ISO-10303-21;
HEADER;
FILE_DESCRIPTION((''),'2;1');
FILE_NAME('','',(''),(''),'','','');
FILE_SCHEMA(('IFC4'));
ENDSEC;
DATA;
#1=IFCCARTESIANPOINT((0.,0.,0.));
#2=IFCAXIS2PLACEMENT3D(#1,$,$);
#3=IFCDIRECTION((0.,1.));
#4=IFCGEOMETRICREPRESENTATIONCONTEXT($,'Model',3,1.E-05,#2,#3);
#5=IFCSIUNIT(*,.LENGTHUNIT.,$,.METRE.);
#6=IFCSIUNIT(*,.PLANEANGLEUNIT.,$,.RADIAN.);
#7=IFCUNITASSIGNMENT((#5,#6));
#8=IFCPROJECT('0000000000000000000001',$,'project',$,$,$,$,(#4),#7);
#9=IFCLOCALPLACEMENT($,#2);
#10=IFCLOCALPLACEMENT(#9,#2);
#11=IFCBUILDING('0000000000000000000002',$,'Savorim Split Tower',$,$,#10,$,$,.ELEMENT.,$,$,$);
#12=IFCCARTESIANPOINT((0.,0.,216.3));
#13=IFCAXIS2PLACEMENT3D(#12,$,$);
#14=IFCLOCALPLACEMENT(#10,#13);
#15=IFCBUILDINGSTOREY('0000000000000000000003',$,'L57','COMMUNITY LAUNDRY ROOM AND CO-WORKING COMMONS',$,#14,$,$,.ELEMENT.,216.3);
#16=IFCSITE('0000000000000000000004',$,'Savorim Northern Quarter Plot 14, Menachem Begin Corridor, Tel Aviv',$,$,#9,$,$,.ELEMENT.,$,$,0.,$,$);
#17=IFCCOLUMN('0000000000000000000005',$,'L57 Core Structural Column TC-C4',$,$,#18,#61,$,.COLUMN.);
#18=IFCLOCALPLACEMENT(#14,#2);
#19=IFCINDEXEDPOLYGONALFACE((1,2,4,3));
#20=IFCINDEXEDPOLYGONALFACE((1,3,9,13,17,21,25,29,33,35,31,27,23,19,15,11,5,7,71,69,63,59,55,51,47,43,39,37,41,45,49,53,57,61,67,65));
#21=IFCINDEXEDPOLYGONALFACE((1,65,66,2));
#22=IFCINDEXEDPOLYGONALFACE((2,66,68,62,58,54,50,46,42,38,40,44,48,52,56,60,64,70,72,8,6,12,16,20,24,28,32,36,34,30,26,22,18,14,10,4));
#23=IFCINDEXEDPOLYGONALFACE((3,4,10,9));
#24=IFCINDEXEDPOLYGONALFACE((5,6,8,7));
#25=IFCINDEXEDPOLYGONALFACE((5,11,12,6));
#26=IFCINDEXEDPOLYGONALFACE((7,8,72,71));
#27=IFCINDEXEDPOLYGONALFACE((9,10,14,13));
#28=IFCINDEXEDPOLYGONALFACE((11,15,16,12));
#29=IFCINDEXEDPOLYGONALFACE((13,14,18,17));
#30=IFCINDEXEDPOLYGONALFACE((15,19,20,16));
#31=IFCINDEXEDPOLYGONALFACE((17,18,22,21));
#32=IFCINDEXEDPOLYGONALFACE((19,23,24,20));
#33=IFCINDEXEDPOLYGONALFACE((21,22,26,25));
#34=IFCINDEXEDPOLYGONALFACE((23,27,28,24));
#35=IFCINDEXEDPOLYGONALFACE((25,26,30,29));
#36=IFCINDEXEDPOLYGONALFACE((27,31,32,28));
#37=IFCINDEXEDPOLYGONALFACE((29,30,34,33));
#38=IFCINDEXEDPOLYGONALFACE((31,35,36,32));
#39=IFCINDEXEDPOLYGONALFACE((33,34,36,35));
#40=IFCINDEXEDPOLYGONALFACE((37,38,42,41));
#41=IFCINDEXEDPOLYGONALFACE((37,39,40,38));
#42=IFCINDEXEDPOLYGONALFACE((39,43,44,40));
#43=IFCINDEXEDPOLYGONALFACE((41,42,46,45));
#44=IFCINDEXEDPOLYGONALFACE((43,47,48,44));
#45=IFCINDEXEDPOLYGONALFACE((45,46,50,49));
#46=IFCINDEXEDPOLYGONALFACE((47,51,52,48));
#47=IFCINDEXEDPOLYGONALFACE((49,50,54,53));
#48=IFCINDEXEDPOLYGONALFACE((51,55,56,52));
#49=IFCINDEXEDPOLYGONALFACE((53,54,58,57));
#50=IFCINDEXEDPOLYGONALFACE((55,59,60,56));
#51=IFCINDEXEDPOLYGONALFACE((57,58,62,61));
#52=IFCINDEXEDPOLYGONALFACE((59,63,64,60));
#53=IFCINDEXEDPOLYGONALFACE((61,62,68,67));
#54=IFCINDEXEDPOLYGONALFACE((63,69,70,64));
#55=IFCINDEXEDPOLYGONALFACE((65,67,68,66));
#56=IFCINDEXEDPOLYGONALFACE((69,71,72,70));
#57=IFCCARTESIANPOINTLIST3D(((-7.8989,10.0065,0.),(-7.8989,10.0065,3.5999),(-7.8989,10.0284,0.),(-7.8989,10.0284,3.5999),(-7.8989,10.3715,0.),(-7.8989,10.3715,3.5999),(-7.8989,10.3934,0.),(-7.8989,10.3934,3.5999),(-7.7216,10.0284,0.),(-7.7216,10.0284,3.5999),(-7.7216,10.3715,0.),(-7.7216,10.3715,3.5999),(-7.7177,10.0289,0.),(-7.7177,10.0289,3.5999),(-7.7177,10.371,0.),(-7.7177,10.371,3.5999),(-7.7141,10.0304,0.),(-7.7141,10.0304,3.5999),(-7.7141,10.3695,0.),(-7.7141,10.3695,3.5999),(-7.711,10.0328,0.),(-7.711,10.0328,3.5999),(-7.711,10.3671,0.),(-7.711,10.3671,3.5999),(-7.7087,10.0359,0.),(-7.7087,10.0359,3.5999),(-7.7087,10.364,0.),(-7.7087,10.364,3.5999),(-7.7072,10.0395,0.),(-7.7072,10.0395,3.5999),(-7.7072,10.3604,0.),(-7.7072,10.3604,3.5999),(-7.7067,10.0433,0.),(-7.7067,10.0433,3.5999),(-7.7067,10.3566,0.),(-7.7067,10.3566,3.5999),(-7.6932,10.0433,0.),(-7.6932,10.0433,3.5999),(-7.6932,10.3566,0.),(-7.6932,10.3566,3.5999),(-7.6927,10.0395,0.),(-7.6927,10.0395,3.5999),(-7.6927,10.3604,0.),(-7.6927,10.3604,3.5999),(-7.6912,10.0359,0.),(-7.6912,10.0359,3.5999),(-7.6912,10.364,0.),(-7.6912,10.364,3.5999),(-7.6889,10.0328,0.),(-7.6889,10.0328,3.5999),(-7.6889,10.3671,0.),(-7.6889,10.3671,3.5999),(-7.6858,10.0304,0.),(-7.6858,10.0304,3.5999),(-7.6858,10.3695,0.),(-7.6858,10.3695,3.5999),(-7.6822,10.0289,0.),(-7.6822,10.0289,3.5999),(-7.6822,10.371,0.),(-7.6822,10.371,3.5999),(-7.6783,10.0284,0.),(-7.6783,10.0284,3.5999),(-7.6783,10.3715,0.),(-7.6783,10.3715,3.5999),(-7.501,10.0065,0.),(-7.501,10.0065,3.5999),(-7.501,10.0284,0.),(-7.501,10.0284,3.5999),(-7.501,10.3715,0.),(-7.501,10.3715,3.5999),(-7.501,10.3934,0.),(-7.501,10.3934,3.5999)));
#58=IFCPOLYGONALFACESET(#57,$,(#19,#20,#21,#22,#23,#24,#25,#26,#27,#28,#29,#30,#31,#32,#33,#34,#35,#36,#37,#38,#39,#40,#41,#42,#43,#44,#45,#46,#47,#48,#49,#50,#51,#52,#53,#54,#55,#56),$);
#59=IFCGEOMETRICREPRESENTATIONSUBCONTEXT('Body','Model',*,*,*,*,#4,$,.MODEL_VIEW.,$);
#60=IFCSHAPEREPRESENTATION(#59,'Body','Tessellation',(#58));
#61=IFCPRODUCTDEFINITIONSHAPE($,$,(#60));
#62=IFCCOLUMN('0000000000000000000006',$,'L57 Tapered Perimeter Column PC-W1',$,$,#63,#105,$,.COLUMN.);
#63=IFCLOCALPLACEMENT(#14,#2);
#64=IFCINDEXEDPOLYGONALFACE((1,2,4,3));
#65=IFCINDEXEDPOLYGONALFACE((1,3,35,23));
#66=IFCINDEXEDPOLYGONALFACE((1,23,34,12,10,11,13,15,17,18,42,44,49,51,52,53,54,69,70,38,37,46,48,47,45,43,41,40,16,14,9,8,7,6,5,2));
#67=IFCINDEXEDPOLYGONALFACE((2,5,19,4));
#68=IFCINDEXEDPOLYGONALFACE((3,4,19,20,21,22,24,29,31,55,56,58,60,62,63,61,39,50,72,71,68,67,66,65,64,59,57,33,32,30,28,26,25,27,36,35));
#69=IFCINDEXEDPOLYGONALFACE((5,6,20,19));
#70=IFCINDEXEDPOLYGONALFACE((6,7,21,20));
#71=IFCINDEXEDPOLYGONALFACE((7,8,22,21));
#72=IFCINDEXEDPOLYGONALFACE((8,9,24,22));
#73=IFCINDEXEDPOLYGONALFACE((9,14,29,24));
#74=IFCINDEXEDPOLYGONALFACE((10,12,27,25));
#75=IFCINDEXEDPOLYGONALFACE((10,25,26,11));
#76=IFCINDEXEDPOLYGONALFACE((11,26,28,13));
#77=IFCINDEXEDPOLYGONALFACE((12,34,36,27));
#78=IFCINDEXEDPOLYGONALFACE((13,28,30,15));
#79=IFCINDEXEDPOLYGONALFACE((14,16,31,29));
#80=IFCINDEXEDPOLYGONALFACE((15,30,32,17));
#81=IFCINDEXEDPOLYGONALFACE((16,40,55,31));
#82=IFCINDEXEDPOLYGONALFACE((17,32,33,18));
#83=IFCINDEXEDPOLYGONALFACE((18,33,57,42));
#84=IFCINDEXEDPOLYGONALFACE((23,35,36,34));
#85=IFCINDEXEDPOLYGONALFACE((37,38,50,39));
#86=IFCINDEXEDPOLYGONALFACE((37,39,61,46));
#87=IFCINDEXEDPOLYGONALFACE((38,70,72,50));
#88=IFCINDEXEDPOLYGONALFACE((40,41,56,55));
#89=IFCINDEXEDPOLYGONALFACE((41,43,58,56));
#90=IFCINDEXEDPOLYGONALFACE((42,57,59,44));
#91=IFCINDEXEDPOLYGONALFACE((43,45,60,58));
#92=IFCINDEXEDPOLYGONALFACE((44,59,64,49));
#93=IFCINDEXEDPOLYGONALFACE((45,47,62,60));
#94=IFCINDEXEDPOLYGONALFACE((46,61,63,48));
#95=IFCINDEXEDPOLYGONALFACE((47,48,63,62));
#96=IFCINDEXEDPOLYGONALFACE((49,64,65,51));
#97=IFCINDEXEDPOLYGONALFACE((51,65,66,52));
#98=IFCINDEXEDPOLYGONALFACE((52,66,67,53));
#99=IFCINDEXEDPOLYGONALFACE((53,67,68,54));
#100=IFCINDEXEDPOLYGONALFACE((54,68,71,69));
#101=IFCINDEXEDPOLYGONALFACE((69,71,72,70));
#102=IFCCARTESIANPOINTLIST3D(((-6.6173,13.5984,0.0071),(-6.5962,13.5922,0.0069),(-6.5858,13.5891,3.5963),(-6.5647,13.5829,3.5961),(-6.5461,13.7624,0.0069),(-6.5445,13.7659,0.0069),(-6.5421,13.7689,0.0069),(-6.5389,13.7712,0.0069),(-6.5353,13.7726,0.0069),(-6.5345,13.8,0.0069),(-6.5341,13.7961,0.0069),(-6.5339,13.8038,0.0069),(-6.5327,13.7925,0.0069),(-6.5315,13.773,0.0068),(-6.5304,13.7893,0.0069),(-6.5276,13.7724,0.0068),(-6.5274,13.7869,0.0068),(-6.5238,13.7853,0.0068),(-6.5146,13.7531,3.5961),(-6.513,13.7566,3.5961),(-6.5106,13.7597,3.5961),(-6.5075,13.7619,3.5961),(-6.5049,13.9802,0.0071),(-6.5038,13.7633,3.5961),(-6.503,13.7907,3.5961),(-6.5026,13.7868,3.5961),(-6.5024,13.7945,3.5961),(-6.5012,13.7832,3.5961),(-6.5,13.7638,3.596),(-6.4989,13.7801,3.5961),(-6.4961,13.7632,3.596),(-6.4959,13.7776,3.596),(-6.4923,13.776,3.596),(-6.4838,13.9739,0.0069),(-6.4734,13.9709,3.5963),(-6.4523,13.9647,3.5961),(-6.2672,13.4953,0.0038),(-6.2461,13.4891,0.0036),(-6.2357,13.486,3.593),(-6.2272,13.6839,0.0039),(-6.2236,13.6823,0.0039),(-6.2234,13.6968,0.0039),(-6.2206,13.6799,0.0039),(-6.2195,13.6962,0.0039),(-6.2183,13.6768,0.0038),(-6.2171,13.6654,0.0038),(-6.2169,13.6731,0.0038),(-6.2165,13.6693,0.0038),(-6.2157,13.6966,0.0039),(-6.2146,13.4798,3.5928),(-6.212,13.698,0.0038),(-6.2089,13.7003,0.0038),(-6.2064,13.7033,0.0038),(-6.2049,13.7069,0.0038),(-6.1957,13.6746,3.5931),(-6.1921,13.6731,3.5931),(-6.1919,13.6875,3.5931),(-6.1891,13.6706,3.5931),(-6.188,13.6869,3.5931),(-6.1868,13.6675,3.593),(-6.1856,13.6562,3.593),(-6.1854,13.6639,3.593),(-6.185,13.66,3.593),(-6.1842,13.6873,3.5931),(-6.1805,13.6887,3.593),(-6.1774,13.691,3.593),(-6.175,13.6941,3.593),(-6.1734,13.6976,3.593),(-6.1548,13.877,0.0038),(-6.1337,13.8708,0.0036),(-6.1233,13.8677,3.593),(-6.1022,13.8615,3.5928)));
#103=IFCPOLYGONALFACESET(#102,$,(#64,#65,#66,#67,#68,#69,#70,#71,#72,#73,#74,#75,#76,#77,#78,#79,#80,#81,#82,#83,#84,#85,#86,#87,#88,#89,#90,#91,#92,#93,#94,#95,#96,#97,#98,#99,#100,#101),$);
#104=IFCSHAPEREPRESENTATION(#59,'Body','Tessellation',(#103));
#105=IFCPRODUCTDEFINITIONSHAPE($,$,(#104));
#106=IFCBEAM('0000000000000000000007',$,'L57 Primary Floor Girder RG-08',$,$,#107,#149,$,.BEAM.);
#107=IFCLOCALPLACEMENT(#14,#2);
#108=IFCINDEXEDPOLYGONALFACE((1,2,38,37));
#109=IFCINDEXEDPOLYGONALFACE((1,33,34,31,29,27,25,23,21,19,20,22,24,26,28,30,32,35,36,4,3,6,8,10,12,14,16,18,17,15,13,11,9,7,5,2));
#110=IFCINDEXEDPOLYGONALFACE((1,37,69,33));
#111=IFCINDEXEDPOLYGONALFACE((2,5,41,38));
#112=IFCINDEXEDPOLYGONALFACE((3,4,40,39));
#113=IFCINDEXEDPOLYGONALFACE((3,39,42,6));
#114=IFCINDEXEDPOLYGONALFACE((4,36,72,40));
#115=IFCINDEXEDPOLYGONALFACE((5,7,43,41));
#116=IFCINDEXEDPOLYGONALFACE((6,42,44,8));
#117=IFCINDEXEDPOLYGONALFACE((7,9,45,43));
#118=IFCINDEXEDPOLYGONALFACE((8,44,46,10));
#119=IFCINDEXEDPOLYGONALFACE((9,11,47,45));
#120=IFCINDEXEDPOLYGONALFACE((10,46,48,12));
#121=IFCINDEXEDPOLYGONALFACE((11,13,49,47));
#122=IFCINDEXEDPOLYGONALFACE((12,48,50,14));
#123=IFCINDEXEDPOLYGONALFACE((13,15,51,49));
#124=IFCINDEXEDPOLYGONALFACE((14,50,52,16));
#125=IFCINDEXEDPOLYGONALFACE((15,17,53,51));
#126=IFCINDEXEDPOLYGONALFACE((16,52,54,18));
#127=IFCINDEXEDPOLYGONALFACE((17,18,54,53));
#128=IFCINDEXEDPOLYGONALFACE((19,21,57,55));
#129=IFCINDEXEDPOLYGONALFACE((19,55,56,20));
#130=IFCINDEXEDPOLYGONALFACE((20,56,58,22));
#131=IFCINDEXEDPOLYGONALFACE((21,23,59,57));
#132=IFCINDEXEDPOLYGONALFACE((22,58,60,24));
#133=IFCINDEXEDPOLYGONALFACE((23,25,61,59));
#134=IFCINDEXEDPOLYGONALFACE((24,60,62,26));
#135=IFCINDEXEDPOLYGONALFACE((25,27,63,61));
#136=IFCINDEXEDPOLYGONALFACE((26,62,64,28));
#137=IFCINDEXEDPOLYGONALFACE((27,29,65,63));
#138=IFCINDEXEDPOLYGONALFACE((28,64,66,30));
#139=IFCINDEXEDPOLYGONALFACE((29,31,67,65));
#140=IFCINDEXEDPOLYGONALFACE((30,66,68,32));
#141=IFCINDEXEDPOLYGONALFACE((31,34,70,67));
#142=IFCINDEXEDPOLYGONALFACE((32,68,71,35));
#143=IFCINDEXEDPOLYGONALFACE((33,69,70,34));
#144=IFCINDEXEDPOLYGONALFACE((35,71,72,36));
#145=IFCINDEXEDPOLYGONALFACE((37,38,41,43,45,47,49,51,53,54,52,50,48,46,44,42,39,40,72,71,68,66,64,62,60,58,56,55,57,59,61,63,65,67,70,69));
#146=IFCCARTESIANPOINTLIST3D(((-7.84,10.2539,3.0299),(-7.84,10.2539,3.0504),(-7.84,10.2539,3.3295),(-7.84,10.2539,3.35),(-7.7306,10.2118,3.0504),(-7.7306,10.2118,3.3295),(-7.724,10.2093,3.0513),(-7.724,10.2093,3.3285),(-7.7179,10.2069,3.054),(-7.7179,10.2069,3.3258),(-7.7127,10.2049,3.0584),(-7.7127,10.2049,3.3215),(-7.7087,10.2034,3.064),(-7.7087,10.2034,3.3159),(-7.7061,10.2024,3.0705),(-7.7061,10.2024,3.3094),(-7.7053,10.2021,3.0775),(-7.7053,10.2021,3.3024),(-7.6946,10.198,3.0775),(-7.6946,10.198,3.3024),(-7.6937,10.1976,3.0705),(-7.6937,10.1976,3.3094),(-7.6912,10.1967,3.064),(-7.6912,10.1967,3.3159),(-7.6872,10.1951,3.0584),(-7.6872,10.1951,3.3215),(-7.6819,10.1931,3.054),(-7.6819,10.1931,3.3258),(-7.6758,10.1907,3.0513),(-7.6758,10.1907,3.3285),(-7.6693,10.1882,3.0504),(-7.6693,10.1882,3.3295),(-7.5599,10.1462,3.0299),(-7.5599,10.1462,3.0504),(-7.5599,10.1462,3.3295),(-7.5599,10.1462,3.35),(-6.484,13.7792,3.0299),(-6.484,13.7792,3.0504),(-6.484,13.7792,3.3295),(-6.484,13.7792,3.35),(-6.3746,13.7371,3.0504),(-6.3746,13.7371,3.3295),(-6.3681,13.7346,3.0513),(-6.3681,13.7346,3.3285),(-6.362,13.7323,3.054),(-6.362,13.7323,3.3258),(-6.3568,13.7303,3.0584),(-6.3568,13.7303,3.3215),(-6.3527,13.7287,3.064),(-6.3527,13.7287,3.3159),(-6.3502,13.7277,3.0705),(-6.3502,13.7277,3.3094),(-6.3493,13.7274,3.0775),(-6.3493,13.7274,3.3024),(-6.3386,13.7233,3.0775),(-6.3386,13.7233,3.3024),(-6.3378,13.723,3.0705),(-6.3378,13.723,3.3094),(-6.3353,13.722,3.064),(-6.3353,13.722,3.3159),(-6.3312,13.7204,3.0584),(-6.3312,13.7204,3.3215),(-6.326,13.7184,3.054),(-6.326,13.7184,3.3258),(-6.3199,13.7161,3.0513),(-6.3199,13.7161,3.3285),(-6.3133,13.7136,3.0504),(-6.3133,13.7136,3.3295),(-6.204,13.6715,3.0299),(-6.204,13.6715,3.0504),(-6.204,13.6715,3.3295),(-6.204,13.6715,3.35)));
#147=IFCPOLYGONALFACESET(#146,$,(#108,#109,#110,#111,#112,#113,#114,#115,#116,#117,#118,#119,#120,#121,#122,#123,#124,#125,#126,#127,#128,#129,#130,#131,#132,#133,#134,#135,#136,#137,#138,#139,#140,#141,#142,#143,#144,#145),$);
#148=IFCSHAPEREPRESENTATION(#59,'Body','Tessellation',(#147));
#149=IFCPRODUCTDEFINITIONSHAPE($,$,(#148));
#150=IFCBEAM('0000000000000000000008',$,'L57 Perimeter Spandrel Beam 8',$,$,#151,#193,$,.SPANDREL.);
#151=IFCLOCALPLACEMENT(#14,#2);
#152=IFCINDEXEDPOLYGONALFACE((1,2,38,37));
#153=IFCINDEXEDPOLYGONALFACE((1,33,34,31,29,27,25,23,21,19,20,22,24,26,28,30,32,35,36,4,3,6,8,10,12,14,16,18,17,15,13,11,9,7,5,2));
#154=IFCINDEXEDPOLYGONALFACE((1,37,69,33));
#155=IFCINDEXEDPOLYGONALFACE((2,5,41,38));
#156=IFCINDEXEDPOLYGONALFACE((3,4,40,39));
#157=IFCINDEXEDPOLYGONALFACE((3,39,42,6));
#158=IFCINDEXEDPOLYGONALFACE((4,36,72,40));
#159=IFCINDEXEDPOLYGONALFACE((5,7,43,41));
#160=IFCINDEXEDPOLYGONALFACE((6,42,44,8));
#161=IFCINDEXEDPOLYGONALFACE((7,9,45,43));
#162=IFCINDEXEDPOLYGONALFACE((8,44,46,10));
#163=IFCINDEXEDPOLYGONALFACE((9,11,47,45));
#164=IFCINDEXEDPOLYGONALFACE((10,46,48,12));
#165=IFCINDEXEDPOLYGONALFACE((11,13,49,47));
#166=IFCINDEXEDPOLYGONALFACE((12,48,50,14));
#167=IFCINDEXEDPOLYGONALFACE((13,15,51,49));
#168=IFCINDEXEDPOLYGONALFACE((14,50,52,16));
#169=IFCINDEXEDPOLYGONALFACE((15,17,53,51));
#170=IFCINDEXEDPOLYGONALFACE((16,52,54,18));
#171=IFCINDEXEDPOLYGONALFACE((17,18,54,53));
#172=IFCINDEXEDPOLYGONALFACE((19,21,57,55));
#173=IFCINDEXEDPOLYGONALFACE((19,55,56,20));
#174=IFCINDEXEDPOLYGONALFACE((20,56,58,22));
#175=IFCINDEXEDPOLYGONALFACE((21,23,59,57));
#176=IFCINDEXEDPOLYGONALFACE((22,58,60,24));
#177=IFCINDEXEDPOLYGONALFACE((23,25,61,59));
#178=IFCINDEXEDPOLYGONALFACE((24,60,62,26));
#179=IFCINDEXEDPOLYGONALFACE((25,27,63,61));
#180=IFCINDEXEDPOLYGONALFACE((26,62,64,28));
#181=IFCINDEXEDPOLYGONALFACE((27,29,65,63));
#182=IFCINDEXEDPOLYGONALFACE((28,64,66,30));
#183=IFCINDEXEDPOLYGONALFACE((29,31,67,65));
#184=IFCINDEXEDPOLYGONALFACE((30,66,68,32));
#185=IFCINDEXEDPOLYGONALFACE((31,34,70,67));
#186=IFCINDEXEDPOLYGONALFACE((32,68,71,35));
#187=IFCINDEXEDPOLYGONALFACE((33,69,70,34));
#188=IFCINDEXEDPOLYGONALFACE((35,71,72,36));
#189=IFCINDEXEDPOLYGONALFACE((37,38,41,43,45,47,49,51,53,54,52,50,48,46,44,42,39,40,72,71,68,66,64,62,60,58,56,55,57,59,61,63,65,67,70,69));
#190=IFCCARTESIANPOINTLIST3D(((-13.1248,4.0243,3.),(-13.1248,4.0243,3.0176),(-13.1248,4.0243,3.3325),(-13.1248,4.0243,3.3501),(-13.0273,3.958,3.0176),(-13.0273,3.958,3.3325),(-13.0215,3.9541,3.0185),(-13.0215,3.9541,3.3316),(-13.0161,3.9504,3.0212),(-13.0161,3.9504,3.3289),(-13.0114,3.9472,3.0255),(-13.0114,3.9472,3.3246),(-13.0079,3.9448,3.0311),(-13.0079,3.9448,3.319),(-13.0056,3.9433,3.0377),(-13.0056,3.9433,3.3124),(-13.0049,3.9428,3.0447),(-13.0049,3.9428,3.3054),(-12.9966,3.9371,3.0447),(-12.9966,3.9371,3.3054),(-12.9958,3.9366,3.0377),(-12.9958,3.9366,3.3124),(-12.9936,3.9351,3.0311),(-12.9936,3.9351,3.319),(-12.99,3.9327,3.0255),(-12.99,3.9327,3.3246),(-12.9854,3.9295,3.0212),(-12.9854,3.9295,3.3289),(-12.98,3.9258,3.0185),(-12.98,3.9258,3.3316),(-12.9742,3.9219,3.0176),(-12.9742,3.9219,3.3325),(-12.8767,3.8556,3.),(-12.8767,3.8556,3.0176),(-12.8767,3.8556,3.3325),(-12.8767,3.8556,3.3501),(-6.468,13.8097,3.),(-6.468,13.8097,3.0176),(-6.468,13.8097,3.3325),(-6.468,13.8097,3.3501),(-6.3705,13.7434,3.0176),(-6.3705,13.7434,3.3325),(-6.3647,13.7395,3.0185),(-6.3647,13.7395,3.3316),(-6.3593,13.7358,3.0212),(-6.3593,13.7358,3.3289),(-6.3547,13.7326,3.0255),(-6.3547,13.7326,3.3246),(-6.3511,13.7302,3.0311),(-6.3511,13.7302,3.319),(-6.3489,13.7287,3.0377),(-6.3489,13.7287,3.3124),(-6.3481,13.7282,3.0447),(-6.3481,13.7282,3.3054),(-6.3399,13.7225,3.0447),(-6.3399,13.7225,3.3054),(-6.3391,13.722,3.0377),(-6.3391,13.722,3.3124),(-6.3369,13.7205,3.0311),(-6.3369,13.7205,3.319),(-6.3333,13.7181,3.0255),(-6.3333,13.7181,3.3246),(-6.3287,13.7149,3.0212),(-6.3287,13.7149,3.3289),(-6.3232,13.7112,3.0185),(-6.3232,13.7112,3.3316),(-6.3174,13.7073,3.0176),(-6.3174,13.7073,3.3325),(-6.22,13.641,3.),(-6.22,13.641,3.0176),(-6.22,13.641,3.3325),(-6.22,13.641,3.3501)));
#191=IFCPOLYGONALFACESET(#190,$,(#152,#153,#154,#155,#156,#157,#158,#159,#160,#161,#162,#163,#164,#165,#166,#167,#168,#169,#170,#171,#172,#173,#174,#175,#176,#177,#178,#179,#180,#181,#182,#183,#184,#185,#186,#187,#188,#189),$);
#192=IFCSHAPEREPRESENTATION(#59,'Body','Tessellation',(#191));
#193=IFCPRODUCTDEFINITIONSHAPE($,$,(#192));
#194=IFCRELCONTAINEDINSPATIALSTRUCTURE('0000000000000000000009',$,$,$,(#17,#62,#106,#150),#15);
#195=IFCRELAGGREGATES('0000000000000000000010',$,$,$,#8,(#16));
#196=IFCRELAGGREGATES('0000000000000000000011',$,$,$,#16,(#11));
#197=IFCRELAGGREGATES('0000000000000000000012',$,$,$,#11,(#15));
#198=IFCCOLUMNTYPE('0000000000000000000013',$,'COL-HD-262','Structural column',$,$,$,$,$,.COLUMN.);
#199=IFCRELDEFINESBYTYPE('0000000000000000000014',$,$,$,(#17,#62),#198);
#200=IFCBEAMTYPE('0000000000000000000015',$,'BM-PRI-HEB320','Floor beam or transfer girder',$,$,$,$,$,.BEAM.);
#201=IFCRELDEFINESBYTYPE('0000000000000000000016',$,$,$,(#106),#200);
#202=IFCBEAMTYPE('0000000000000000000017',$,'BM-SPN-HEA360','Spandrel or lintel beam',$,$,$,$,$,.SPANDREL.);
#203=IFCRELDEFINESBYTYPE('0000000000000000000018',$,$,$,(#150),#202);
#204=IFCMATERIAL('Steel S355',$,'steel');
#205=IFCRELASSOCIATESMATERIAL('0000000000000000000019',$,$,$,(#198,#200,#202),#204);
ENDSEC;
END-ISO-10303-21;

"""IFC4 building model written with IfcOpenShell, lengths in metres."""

from ifc_helpers import new_model, si_unit, direction, frame, origin, origin_2d, place, context, subcontext, project, spatial, i_section, extrude, material, material_profile, profile_set, type_object, element, save


model = new_model("IFC4")

# Units and contexts
model_context = context("Model", 3, precision=1e-05, world=origin(), true_north=direction((0.0, 1.0)))
body_context = subcontext(model_context, "Body", "Model", "MODEL_VIEW")
ifc_project = project(units=[si_unit("LENGTHUNIT", "METRE"), si_unit("PLANEANGLEUNIT", "RADIAN")], contexts=[model_context])

# Site, building, storey
site_placement = place(None, origin())
site = spatial("IfcSite", under=ifc_project, at=site_placement, Name="Savorim Northern Quarter Plot 14, Menachem Begin Corridor, Tel Aviv", CompositionType="ELEMENT", RefElevation=0.0)
building_placement = place(site_placement, origin())
building = spatial("IfcBuilding", under=site, at=building_placement, Name="Savorim Split Tower", CompositionType="ELEMENT")
storey_placement = place(building_placement, frame((0.0, 0.0, 216.3)))
storey = spatial("IfcBuildingStorey", under=building, at=storey_placement, Name="L57", Description="COMMUNITY LAUNDRY ROOM AND CO-WORKING COMMONS", CompositionType="ELEMENT", Elevation=216.3)

# Columns
ifc_material_1 = material(Name="Steel S355", Category="steel")
ifc_material_profile_1 = material_profile(ifc_material_1, i_section(OverallWidth=0.3979, OverallDepth=0.387, WebThickness=0.0134, FlangeThickness=0.022, FilletRadius=0.0149, at=origin_2d()), Name="HD 400x262")
ifc_profile_set_1 = profile_set([ifc_material_profile_1], Name="Steel S355")
column_type = type_object("IfcColumnType", Name="COL-HD-262", Description="Structural column", PredefinedType="COLUMN", material=ifc_profile_set_1)
column_1_placement = place(storey_placement, frame((-7.7, 10.2, 0.0), z_axis=(0.0, 0.0, 1.0), x_axis=(1.0, 0.0, 0.0)))
element("IfcColumn", 1, at=column_1_placement, inside=storey, type_object=column_type, Name="L57 Core Structural Column TC-C4", PredefinedType="COLUMN", context=body_context, shape_type="SweptSolid", body=[
    extrude(i_section(OverallWidth=0.3979, OverallDepth=0.387, WebThickness=0.0134, FlangeThickness=0.022, FilletRadius=0.0149, at=origin_2d()), origin(), (0.0, 0.0, 1.0), 3.5999),
])
column_2_placement = place(storey_placement, frame((-6.3755, 13.7346, 0.0054), z_axis=(0.008775, -0.002585, 0.999958), x_axis=(0.282569, 0.959247, 0.0)))
element("IfcColumn", 2, at=column_2_placement, inside=storey, type_object=column_type, Name="L57 Tapered Perimeter Column PC-W1", PredefinedType="COLUMN", context=body_context, shape_type="SweptSolid", body=[
    extrude(i_section(OverallWidth=0.3979, OverallDepth=0.387, WebThickness=0.0134, FlangeThickness=0.022, FilletRadius=0.0149, at=origin_2d()), origin(), (0.0, 0.0, 1.0), 3.5894),
])

# Beams
ifc_material_profile_2 = material_profile(ifc_material_1, i_section(OverallWidth=0.3, OverallDepth=0.3201, WebThickness=0.0115, FlangeThickness=0.0205, FilletRadius=0.0271, at=origin_2d()), Name="HEB 320")
ifc_profile_set_2 = profile_set([ifc_material_profile_2], Name="Steel S355")
beam_type_1 = type_object("IfcBeamType", Name="BM-PRI-HEB320", Description="Floor beam or transfer girder", PredefinedType="BEAM", material=ifc_profile_set_2)
beam_1_placement = place(storey_placement, frame((-6.344, 13.7253, 3.1899), z_axis=(-0.358988, -0.933342, 0.0), x_axis=(0.933342, -0.358988, 0.0)))
element("IfcBeam", 3, at=beam_1_placement, inside=storey, type_object=beam_type_1, Name="L57 Primary Floor Girder RG-08", PredefinedType="BEAM", context=body_context, shape_type="SweptSolid", body=[
    extrude(i_section(OverallWidth=0.3, OverallDepth=0.3201, WebThickness=0.0115, FlangeThickness=0.0205, FilletRadius=0.0271, at=origin_2d()), origin(), (0.0, 0.0, 1.0), 3.7771),
])
ifc_material_profile_3 = material_profile(ifc_material_1, i_section(OverallWidth=0.3, OverallDepth=0.3501, WebThickness=0.01, FlangeThickness=0.0176, FilletRadius=0.0271, at=origin_2d()), Name="HEA 360")
ifc_profile_set_3 = profile_set([ifc_material_profile_3], Name="Steel S355")
beam_type_2 = type_object("IfcBeamType", Name="BM-SPN-HEA360", Description="Spandrel or lintel beam", PredefinedType="SPANDREL", material=ifc_profile_set_3)
beam_2_placement = place(storey_placement, frame((-6.344, 13.7253, 3.175), z_axis=(-0.562464, -0.826822, 0.0), x_axis=(0.826822, -0.562464, 0.0)))
element("IfcBeam", 4, at=beam_2_placement, inside=storey, type_object=beam_type_2, Name="L57 Perimeter Spandrel Beam 8", PredefinedType="SPANDREL", context=body_context, shape_type="SweptSolid", body=[
    extrude(i_section(OverallWidth=0.3, OverallDepth=0.3501, WebThickness=0.01, FlangeThickness=0.0176, FilletRadius=0.0271, at=origin_2d()), origin(), (0.0, 0.0, 1.0), 11.835),
])

save(model, "model.ifc")
